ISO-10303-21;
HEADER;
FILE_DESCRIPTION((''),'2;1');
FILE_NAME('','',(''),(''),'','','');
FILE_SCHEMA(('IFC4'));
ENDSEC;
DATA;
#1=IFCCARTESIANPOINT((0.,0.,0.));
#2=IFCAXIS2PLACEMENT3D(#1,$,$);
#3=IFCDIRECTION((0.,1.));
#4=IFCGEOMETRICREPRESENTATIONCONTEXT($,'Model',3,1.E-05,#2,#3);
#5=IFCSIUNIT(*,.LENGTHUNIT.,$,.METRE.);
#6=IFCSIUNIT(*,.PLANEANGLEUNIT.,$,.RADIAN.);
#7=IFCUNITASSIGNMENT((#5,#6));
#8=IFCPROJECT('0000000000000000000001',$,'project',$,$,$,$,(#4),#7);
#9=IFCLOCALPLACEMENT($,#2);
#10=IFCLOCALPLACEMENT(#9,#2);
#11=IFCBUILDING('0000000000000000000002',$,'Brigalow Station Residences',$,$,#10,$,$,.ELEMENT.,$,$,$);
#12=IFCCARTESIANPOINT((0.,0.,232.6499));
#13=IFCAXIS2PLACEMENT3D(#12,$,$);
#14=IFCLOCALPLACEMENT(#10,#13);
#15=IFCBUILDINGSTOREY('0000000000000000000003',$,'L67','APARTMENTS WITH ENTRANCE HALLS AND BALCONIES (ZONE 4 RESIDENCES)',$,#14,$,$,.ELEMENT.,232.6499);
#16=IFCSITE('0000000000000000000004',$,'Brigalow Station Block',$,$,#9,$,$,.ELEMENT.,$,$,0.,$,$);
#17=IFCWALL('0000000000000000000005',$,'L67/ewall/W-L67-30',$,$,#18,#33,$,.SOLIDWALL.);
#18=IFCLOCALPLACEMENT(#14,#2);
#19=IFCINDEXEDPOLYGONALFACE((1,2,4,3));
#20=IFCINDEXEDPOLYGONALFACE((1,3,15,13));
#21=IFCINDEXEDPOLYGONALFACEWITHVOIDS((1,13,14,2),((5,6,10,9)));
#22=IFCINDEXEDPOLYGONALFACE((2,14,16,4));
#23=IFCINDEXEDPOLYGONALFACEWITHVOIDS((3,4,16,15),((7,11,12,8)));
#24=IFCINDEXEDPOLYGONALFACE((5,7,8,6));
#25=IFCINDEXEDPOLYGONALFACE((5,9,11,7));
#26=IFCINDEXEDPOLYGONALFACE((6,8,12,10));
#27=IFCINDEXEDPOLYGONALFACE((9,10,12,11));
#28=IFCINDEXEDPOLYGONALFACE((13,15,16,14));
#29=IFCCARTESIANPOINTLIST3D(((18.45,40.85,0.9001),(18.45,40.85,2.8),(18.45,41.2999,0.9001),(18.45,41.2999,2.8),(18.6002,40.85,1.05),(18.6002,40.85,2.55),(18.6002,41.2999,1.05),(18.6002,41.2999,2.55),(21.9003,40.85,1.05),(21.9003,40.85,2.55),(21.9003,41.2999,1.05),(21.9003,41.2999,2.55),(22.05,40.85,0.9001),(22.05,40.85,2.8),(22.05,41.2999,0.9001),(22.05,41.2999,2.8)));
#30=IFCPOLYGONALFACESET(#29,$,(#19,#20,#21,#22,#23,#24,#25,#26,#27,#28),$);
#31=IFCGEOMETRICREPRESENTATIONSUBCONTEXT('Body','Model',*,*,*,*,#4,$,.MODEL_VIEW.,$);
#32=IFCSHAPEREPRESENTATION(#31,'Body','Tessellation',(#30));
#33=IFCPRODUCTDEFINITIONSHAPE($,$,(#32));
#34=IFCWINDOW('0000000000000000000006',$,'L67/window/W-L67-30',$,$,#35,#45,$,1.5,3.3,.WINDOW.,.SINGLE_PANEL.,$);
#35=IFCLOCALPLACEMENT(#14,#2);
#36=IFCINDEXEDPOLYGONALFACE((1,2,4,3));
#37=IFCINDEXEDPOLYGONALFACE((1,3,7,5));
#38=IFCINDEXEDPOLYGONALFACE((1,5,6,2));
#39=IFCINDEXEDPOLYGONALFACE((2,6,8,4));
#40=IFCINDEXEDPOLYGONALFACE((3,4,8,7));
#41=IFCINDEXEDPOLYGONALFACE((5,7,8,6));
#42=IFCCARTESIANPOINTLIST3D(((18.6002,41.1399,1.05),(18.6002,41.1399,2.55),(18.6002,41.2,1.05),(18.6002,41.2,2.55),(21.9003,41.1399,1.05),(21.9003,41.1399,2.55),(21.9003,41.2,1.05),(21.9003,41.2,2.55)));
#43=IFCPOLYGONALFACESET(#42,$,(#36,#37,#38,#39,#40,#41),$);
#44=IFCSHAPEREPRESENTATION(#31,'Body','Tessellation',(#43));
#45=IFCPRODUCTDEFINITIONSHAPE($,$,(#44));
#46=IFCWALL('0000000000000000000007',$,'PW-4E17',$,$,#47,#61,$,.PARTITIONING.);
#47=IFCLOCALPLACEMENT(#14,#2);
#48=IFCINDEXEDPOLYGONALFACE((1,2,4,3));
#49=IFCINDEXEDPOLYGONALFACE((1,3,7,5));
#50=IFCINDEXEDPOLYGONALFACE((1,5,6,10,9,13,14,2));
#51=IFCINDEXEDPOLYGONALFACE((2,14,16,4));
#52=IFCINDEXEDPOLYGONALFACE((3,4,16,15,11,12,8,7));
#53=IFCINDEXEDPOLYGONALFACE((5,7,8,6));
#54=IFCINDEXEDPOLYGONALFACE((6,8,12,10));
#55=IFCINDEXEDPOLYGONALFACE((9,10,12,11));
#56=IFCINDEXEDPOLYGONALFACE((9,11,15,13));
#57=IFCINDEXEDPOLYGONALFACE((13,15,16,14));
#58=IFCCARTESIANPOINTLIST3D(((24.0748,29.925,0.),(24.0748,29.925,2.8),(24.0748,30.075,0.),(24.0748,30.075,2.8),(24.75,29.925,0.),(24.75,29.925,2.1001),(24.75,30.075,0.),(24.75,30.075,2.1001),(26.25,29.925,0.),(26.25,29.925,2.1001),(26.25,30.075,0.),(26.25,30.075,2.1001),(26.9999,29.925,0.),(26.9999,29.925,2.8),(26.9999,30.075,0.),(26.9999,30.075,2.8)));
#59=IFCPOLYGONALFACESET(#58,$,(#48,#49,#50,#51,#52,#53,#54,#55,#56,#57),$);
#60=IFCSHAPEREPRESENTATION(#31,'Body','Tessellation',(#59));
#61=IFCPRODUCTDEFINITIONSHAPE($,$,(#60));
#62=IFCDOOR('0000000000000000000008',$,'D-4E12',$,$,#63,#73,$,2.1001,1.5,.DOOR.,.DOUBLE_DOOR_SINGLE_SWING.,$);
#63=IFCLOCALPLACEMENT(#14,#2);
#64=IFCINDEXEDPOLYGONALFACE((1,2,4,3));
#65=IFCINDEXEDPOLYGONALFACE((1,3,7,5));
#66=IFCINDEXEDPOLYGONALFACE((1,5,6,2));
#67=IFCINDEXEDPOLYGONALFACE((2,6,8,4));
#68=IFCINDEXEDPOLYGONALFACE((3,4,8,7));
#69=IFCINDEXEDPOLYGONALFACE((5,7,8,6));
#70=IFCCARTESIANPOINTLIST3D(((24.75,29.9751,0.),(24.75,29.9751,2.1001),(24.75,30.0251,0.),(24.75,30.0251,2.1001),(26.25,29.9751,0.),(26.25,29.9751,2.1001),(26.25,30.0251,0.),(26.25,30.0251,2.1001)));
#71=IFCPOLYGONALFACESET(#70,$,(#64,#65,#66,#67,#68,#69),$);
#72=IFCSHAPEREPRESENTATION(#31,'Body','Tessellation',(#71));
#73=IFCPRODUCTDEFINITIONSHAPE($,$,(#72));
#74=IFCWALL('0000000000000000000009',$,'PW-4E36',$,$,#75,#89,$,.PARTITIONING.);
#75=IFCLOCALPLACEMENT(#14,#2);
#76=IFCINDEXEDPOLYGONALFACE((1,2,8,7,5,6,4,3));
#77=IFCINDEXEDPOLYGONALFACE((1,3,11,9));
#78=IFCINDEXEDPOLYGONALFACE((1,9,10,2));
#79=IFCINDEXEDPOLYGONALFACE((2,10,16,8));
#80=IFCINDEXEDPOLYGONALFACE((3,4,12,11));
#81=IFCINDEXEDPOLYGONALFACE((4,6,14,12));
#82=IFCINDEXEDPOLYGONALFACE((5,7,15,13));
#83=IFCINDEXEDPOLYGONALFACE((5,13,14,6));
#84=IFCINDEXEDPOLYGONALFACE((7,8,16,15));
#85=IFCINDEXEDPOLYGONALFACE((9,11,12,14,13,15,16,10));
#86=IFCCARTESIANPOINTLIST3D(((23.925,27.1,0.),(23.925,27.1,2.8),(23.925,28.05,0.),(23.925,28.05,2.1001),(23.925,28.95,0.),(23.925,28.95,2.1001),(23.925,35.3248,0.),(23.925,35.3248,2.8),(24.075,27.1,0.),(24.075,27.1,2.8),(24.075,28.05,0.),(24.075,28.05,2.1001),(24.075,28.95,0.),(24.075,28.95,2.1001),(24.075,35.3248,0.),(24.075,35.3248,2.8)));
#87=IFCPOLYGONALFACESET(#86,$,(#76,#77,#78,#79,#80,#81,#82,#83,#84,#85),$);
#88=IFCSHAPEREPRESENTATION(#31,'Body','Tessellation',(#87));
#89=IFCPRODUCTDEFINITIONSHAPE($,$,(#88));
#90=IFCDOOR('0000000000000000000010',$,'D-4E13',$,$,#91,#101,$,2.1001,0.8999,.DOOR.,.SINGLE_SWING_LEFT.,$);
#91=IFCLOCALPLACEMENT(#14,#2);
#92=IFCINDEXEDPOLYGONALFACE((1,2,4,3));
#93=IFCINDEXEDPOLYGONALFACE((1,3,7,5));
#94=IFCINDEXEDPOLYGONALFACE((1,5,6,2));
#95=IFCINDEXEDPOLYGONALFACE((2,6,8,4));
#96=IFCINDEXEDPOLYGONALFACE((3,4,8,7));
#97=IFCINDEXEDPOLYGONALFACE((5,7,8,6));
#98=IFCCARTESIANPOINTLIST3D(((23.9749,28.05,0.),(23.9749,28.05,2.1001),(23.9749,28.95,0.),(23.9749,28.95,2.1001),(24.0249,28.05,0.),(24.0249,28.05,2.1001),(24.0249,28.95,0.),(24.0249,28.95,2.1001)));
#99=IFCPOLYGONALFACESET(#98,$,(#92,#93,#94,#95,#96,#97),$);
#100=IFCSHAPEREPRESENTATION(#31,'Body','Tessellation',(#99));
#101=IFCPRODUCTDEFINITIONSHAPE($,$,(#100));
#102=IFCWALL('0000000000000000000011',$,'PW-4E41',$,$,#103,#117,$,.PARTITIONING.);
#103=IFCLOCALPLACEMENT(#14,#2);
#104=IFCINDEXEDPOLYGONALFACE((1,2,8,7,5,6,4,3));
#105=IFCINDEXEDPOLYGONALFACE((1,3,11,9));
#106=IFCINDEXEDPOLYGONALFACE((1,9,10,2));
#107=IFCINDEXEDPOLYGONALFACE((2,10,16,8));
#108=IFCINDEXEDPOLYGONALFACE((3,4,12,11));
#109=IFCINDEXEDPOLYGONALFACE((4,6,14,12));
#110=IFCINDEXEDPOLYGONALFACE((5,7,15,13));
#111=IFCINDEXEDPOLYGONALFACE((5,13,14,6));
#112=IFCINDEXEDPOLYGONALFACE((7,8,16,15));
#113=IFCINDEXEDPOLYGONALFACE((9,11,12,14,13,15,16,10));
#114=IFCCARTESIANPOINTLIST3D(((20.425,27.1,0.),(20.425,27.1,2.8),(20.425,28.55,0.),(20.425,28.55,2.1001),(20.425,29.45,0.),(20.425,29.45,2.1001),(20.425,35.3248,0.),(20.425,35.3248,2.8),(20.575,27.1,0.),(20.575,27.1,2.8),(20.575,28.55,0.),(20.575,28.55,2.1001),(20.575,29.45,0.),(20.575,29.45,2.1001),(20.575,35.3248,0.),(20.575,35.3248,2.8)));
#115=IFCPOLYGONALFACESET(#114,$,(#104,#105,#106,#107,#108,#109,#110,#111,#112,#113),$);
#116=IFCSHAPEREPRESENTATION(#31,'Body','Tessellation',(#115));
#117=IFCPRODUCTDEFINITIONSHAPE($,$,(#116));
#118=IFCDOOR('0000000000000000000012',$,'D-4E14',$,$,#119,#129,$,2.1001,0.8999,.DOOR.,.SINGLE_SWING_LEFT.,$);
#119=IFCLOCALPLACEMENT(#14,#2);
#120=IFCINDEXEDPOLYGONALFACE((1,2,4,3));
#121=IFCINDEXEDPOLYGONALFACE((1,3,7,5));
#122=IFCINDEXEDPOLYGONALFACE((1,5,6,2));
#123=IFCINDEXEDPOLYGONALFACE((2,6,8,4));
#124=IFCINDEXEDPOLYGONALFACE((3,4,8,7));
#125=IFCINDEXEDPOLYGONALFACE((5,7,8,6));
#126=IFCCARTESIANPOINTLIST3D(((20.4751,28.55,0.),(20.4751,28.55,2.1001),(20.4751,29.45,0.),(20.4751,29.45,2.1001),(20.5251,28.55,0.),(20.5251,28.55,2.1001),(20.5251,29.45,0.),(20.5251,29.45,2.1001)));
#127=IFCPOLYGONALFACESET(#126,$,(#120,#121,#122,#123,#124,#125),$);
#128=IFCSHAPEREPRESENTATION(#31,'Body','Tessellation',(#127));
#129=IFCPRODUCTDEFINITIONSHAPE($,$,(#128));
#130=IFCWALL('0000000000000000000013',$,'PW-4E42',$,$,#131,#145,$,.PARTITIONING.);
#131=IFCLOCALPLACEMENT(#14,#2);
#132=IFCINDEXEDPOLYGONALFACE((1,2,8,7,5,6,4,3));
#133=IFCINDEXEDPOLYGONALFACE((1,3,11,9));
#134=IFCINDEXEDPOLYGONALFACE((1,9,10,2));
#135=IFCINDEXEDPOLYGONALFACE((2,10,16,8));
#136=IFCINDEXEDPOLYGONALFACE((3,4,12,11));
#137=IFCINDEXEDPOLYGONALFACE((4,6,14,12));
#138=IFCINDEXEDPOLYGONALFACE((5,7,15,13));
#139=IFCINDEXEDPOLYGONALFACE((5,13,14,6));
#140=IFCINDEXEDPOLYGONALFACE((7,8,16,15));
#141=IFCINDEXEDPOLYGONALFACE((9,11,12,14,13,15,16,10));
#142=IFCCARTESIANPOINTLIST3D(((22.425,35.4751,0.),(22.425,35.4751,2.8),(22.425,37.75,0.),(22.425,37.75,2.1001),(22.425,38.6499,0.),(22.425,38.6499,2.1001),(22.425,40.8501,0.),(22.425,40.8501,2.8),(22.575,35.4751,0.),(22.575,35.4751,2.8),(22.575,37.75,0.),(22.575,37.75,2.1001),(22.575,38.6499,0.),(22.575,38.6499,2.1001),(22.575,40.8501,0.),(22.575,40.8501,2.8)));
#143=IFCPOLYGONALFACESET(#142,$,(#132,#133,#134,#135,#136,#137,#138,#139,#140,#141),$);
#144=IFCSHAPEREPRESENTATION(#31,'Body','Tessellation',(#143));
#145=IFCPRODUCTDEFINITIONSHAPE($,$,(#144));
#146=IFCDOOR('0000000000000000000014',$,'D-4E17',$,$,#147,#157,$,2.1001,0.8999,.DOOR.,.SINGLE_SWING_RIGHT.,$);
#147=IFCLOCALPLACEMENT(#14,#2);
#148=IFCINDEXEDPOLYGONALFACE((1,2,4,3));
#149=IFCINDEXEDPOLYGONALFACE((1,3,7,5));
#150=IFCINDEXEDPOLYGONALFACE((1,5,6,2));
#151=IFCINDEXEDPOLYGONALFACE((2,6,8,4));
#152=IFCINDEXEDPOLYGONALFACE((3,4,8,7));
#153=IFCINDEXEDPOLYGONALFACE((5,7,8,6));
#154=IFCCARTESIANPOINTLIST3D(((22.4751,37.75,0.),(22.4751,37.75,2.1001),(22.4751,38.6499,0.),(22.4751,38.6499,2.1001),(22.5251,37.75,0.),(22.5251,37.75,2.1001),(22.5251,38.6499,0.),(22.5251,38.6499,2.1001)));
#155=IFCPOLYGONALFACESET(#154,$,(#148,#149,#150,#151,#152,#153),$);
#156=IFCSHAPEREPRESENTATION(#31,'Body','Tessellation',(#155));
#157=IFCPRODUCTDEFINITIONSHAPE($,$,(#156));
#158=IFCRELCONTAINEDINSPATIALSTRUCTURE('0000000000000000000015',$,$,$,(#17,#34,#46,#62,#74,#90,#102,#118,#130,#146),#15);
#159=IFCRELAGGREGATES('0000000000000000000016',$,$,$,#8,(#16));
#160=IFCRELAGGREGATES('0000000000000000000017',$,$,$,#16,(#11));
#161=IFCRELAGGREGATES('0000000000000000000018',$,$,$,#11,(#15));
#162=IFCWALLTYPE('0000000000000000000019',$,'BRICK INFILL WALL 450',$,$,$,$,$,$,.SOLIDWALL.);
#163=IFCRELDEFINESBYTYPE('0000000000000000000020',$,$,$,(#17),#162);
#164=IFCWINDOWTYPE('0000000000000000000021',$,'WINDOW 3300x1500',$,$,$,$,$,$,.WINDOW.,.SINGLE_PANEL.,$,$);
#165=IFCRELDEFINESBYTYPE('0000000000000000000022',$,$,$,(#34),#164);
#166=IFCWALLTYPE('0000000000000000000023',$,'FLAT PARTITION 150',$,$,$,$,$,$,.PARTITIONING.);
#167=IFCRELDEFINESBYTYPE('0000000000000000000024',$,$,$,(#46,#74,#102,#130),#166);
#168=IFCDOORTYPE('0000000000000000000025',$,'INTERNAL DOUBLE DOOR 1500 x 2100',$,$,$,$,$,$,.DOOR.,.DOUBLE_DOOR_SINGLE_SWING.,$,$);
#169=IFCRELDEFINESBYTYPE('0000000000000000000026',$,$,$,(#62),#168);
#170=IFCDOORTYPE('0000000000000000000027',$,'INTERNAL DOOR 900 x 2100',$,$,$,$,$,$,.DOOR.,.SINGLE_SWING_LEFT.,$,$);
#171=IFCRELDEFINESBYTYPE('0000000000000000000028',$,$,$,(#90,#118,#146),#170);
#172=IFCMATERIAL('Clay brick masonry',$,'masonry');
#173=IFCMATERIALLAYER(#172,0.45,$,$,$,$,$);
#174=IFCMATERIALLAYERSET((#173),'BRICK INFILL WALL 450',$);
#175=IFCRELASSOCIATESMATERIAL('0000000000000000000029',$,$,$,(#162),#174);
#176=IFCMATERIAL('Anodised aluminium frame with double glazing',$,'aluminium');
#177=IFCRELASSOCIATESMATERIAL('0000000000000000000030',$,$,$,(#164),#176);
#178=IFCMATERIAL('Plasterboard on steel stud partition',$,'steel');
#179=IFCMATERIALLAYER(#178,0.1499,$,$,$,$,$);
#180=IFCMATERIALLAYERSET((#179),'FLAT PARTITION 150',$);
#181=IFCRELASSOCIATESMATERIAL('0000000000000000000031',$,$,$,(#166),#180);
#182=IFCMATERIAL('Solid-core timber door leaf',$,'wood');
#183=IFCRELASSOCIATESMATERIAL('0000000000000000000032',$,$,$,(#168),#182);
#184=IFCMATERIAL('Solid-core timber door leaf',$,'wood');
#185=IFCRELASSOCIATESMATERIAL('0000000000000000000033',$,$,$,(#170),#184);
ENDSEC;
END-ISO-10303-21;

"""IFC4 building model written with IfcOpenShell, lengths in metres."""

from ifc_helpers import new_model, si_unit, direction, frame, frame_2d, origin, place, context, subcontext, project, spatial, rectangle, extrude, material, layer, layer_set, type_object, element, fill, save


model = new_model("IFC4")

# Units and contexts
model_context = context("Model", 3, precision=1e-05, world=origin(), true_north=direction((0.0, 1.0)))
body_context = subcontext(model_context, "Body", "Model", "MODEL_VIEW")
ifc_project = project(units=[si_unit("LENGTHUNIT", "METRE"), si_unit("PLANEANGLEUNIT", "RADIAN")], contexts=[model_context])

# Site, building, storey
site_placement = place(None, origin())
site = spatial("IfcSite", under=ifc_project, at=site_placement, Name="Brigalow Station Block", CompositionType="ELEMENT", RefElevation=0.0)
building_placement = place(site_placement, origin())
building = spatial("IfcBuilding", under=site, at=building_placement, Name="Brigalow Station Residences", CompositionType="ELEMENT")
storey_placement = place(building_placement, frame((0.0, 0.0, 232.6499)))
storey = spatial("IfcBuildingStorey", under=building, at=storey_placement, Name="L67", Description="APARTMENTS WITH ENTRANCE HALLS AND BALCONIES (ZONE 4 RESIDENCES)", CompositionType="ELEMENT", Elevation=232.6499)

# Wall, opening, window
ifc_material_1 = material(Name="Clay brick masonry", Category="masonry")
ifc_layer_1 = layer(ifc_material_1, 0.45)
ifc_layer_set_1 = layer_set([ifc_layer_1], Name="BRICK INFILL WALL 450")
wall_type_1 = type_object("IfcWallType", Name="BRICK INFILL WALL 450", PredefinedType="SOLIDWALL", material=ifc_layer_set_1)
ifc_material_2 = material(Name="Anodised aluminium frame with double glazing", Category="aluminium")
window_type = type_object("IfcWindowType", Name="WINDOW 3300x1500", PartitioningType="SINGLE_PANEL", PredefinedType="WINDOW", material=ifc_material_2)
wall_1_placement = place(storey_placement, frame((22.05, 41.075, 0.9001), z_axis=(0.0, 0.0, 1.0), x_axis=(-1.0, 0.0, 0.0)))
wall_1 = element("IfcWall", 1, at=wall_1_placement, inside=storey, type_object=wall_type_1, Name="L67/ewall/W-L67-30", PredefinedType="SOLIDWALL", context=body_context, shape_type="SweptSolid", body=[
    extrude(rectangle(XDim=3.6001, YDim=0.45, at=frame_2d((1.8, 0.0))), origin(), (0.0, 0.0, 1.0), 1.8999),
])
opening_1_placement = place(wall_1_placement, frame((0.1499, 0.0, 0.1499)))
opening_1 = element("IfcOpeningElement", 2, at=opening_1_placement, cuts=wall_1, PredefinedType="OPENING", context=body_context, shape_type="SweptSolid", body=[
    extrude(rectangle(XDim=3.3, YDim=1.5, at=frame_2d((1.6499, 0.75))), frame((0.0, 0.2349, 0.0), z_axis=(0.0, -1.0, 0.0), x_axis=(1.0, 0.0, 0.0)), (0.0, 0.0, 1.0), 0.47),
])
window_1_placement = place(opening_1_placement, origin())
window_1 = element("IfcWindow", 3, at=window_1_placement, inside=storey, type_object=window_type, Name="L67/window/W-L67-30", OverallHeight=1.5, OverallWidth=3.3, PartitioningType="SINGLE_PANEL", PredefinedType="WINDOW", context=body_context, shape_type="SweptSolid", body=[
    extrude(rectangle(XDim=3.3, YDim=1.5, at=frame_2d((1.6499, 0.75))), frame((0.0, -0.0649, 0.0), z_axis=(0.0, -1.0, 0.0), x_axis=(1.0, 0.0, 0.0)), (0.0, 0.0, 1.0), 0.0601),
])
fill(opening_1, window_1)

# Walls, openings, doors
ifc_material_3 = material(Name="Plasterboard on steel stud partition", Category="steel")
ifc_layer_2 = layer(ifc_material_3, 0.1499)
ifc_layer_set_2 = layer_set([ifc_layer_2], Name="FLAT PARTITION 150")
wall_type_2 = type_object("IfcWallType", Name="FLAT PARTITION 150", PredefinedType="PARTITIONING", material=ifc_layer_set_2)
wall_2_placement = place(storey_placement, frame((24.075, 30.0, 0.0), z_axis=(0.0, 0.0, 1.0), x_axis=(1.0, 0.0, 0.0)))
wall_2 = element("IfcWall", 4, at=wall_2_placement, inside=storey, type_object=wall_type_2, Name="PW-4E17", PredefinedType="PARTITIONING", context=body_context, shape_type="SweptSolid", body=[
    extrude(rectangle(XDim=2.925, YDim=0.1499, at=frame_2d((1.4624, 0.0))), origin(), (0.0, 0.0, 1.0), 2.8),
])
opening_2_placement = place(wall_2_placement, frame((0.675, 0.0, 0.0)))
opening_2 = element("IfcOpeningElement", 5, at=opening_2_placement, cuts=wall_2, PredefinedType="OPENING", context=body_context, shape_type="SweptSolid", body=[
    extrude(rectangle(XDim=1.5, YDim=2.1001, at=frame_2d((0.75, 1.05))), frame((0.0, 0.085, 0.0), z_axis=(0.0, -1.0, 0.0), x_axis=(1.0, 0.0, 0.0)), (0.0, 0.0, 1.0), 0.1699),
])
ifc_material_4 = material(Name="Solid-core timber door leaf", Category="wood")
door_type_1 = type_object("IfcDoorType", Name="INTERNAL DOUBLE DOOR 1500 x 2100", OperationType="DOUBLE_DOOR_SINGLE_SWING", PredefinedType="DOOR", material=ifc_material_4)
door_1_placement = place(opening_2_placement, frame((1.5, 0.0, 0.0), z_axis=(0.0, 0.0, 1.0), x_axis=(-1.0, 0.0, 0.0)))
door_1 = element("IfcDoor", 6, at=door_1_placement, inside=storey, type_object=door_type_1, Name="D-4E12", OperationType="DOUBLE_DOOR_SINGLE_SWING", OverallHeight=2.1001, OverallWidth=1.5, PredefinedType="DOOR", context=body_context, shape_type="SweptSolid", body=[
    extrude(rectangle(XDim=1.5, YDim=2.1001, at=frame_2d((0.75, 1.05))), frame((0.0, 0.0249, 0.0), z_axis=(0.0, -1.0, 0.0), x_axis=(1.0, 0.0, 0.0)), (0.0, 0.0, 1.0), 0.05),
])
fill(opening_2, door_1)
wall_3_placement = place(storey_placement, frame((24.0, 27.1001, 0.0), z_axis=(0.0, 0.0, 1.0), x_axis=(0.0, 1.0, 0.0)))
wall_3 = element("IfcWall", 7, at=wall_3_placement, inside=storey, type_object=wall_type_2, Name="PW-4E36", PredefinedType="PARTITIONING", context=body_context, shape_type="SweptSolid", body=[
    extrude(rectangle(XDim=8.2249, YDim=0.1499, at=frame_2d((4.1123, 0.0))), origin(), (0.0, 0.0, 1.0), 2.8),
])
opening_3_placement = place(wall_3_placement, frame((0.95, 0.0, 0.0)))
opening_3 = element("IfcOpeningElement", 8, at=opening_3_placement, cuts=wall_3, PredefinedType="OPENING", context=body_context, shape_type="SweptSolid", body=[
    extrude(rectangle(XDim=0.8999, YDim=2.1001, at=frame_2d((0.45, 1.05))), frame((0.0, 0.085, 0.0), z_axis=(0.0, -1.0, 0.0), x_axis=(1.0, 0.0, 0.0)), (0.0, 0.0, 1.0), 0.1699),
])
ifc_material_5 = material(Name="Solid-core timber door leaf", Category="wood")
door_type_2 = type_object("IfcDoorType", Name="INTERNAL DOOR 900 x 2100", OperationType="SINGLE_SWING_LEFT", PredefinedType="DOOR", material=ifc_material_5)
door_2_placement = place(opening_3_placement, frame((0.8999, 0.0, 0.0), z_axis=(0.0, 0.0, 1.0), x_axis=(-1.0, 0.0, 0.0)))
door_2 = element("IfcDoor", 9, at=door_2_placement, inside=storey, type_object=door_type_2, Name="D-4E13", OperationType="SINGLE_SWING_LEFT", OverallHeight=2.1001, OverallWidth=0.8999, PredefinedType="DOOR", context=body_context, shape_type="SweptSolid", body=[
    extrude(rectangle(XDim=0.8999, YDim=2.1001, at=frame_2d((0.45, 1.05))), frame((0.0, 0.0249, 0.0), z_axis=(0.0, -1.0, 0.0), x_axis=(1.0, 0.0, 0.0)), (0.0, 0.0, 1.0), 0.05),
])
fill(opening_3, door_2)
wall_4_placement = place(storey_placement, frame((20.5, 27.1001, 0.0), z_axis=(0.0, 0.0, 1.0), x_axis=(0.0, 1.0, 0.0)))
wall_4 = element("IfcWall", 10, at=wall_4_placement, inside=storey, type_object=wall_type_2, Name="PW-4E41", PredefinedType="PARTITIONING", context=body_context, shape_type="SweptSolid", body=[
    extrude(rectangle(XDim=8.2249, YDim=0.1499, at=frame_2d((4.1123, 0.0))), origin(), (0.0, 0.0, 1.0), 2.8),
])
opening_4_placement = place(wall_4_placement, frame((1.45, 0.0, 0.0)))
opening_4 = element("IfcOpeningElement", 11, at=opening_4_placement, cuts=wall_4, PredefinedType="OPENING", context=body_context, shape_type="SweptSolid", body=[
    extrude(rectangle(XDim=0.8999, YDim=2.1001, at=frame_2d((0.45, 1.05))), frame((0.0, 0.085, 0.0), z_axis=(0.0, -1.0, 0.0), x_axis=(1.0, 0.0, 0.0)), (0.0, 0.0, 1.0), 0.1699),
])
door_3_placement = place(opening_4_placement, origin())
door_3 = element("IfcDoor", 12, at=door_3_placement, inside=storey, type_object=door_type_2, Name="D-4E14", OperationType="SINGLE_SWING_LEFT", OverallHeight=2.1001, OverallWidth=0.8999, PredefinedType="DOOR", context=body_context, shape_type="SweptSolid", body=[
    extrude(rectangle(XDim=0.8999, YDim=2.1001, at=frame_2d((0.45, 1.05))), frame((0.0, 0.0249, 0.0), z_axis=(0.0, -1.0, 0.0), x_axis=(1.0, 0.0, 0.0)), (0.0, 0.0, 1.0), 0.05),
])
fill(opening_4, door_3)
wall_5_placement = place(storey_placement, frame((22.5, 35.4751, 0.0), z_axis=(0.0, 0.0, 1.0), x_axis=(0.0, 1.0, 0.0)))
wall_5 = element("IfcWall", 13, at=wall_5_placement, inside=storey, type_object=wall_type_2, Name="PW-4E42", PredefinedType="PARTITIONING", context=body_context, shape_type="SweptSolid", body=[
    extrude(rectangle(XDim=5.375, YDim=0.1499, at=frame_2d((2.6875, 0.0))), origin(), (0.0, 0.0, 1.0), 2.8),
])
opening_5_placement = place(wall_5_placement, frame((2.2749, 0.0, 0.0)))
opening_5 = element("IfcOpeningElement", 14, at=opening_5_placement, cuts=wall_5, PredefinedType="OPENING", context=body_context, shape_type="SweptSolid", body=[
    extrude(rectangle(XDim=0.8999, YDim=2.1001, at=frame_2d((0.45, 1.05))), frame((0.0, 0.085, 0.0), z_axis=(0.0, -1.0, 0.0), x_axis=(1.0, 0.0, 0.0)), (0.0, 0.0, 1.0), 0.1699),
])
door_4_placement = place(opening_5_placement, origin())
door_4 = element("IfcDoor", 15, at=door_4_placement, inside=storey, type_object=door_type_2, Name="D-4E17", OperationType="SINGLE_SWING_RIGHT", OverallHeight=2.1001, OverallWidth=0.8999, PredefinedType="DOOR", context=body_context, shape_type="SweptSolid", body=[
    extrude(rectangle(XDim=0.8999, YDim=2.1001, at=frame_2d((0.45, 1.05))), frame((0.0, 0.0249, 0.0), z_axis=(0.0, -1.0, 0.0), x_axis=(1.0, 0.0, 0.0)), (0.0, 0.0, 1.0), 0.05),
])
fill(opening_5, door_4)

save(model, "model.ifc")
